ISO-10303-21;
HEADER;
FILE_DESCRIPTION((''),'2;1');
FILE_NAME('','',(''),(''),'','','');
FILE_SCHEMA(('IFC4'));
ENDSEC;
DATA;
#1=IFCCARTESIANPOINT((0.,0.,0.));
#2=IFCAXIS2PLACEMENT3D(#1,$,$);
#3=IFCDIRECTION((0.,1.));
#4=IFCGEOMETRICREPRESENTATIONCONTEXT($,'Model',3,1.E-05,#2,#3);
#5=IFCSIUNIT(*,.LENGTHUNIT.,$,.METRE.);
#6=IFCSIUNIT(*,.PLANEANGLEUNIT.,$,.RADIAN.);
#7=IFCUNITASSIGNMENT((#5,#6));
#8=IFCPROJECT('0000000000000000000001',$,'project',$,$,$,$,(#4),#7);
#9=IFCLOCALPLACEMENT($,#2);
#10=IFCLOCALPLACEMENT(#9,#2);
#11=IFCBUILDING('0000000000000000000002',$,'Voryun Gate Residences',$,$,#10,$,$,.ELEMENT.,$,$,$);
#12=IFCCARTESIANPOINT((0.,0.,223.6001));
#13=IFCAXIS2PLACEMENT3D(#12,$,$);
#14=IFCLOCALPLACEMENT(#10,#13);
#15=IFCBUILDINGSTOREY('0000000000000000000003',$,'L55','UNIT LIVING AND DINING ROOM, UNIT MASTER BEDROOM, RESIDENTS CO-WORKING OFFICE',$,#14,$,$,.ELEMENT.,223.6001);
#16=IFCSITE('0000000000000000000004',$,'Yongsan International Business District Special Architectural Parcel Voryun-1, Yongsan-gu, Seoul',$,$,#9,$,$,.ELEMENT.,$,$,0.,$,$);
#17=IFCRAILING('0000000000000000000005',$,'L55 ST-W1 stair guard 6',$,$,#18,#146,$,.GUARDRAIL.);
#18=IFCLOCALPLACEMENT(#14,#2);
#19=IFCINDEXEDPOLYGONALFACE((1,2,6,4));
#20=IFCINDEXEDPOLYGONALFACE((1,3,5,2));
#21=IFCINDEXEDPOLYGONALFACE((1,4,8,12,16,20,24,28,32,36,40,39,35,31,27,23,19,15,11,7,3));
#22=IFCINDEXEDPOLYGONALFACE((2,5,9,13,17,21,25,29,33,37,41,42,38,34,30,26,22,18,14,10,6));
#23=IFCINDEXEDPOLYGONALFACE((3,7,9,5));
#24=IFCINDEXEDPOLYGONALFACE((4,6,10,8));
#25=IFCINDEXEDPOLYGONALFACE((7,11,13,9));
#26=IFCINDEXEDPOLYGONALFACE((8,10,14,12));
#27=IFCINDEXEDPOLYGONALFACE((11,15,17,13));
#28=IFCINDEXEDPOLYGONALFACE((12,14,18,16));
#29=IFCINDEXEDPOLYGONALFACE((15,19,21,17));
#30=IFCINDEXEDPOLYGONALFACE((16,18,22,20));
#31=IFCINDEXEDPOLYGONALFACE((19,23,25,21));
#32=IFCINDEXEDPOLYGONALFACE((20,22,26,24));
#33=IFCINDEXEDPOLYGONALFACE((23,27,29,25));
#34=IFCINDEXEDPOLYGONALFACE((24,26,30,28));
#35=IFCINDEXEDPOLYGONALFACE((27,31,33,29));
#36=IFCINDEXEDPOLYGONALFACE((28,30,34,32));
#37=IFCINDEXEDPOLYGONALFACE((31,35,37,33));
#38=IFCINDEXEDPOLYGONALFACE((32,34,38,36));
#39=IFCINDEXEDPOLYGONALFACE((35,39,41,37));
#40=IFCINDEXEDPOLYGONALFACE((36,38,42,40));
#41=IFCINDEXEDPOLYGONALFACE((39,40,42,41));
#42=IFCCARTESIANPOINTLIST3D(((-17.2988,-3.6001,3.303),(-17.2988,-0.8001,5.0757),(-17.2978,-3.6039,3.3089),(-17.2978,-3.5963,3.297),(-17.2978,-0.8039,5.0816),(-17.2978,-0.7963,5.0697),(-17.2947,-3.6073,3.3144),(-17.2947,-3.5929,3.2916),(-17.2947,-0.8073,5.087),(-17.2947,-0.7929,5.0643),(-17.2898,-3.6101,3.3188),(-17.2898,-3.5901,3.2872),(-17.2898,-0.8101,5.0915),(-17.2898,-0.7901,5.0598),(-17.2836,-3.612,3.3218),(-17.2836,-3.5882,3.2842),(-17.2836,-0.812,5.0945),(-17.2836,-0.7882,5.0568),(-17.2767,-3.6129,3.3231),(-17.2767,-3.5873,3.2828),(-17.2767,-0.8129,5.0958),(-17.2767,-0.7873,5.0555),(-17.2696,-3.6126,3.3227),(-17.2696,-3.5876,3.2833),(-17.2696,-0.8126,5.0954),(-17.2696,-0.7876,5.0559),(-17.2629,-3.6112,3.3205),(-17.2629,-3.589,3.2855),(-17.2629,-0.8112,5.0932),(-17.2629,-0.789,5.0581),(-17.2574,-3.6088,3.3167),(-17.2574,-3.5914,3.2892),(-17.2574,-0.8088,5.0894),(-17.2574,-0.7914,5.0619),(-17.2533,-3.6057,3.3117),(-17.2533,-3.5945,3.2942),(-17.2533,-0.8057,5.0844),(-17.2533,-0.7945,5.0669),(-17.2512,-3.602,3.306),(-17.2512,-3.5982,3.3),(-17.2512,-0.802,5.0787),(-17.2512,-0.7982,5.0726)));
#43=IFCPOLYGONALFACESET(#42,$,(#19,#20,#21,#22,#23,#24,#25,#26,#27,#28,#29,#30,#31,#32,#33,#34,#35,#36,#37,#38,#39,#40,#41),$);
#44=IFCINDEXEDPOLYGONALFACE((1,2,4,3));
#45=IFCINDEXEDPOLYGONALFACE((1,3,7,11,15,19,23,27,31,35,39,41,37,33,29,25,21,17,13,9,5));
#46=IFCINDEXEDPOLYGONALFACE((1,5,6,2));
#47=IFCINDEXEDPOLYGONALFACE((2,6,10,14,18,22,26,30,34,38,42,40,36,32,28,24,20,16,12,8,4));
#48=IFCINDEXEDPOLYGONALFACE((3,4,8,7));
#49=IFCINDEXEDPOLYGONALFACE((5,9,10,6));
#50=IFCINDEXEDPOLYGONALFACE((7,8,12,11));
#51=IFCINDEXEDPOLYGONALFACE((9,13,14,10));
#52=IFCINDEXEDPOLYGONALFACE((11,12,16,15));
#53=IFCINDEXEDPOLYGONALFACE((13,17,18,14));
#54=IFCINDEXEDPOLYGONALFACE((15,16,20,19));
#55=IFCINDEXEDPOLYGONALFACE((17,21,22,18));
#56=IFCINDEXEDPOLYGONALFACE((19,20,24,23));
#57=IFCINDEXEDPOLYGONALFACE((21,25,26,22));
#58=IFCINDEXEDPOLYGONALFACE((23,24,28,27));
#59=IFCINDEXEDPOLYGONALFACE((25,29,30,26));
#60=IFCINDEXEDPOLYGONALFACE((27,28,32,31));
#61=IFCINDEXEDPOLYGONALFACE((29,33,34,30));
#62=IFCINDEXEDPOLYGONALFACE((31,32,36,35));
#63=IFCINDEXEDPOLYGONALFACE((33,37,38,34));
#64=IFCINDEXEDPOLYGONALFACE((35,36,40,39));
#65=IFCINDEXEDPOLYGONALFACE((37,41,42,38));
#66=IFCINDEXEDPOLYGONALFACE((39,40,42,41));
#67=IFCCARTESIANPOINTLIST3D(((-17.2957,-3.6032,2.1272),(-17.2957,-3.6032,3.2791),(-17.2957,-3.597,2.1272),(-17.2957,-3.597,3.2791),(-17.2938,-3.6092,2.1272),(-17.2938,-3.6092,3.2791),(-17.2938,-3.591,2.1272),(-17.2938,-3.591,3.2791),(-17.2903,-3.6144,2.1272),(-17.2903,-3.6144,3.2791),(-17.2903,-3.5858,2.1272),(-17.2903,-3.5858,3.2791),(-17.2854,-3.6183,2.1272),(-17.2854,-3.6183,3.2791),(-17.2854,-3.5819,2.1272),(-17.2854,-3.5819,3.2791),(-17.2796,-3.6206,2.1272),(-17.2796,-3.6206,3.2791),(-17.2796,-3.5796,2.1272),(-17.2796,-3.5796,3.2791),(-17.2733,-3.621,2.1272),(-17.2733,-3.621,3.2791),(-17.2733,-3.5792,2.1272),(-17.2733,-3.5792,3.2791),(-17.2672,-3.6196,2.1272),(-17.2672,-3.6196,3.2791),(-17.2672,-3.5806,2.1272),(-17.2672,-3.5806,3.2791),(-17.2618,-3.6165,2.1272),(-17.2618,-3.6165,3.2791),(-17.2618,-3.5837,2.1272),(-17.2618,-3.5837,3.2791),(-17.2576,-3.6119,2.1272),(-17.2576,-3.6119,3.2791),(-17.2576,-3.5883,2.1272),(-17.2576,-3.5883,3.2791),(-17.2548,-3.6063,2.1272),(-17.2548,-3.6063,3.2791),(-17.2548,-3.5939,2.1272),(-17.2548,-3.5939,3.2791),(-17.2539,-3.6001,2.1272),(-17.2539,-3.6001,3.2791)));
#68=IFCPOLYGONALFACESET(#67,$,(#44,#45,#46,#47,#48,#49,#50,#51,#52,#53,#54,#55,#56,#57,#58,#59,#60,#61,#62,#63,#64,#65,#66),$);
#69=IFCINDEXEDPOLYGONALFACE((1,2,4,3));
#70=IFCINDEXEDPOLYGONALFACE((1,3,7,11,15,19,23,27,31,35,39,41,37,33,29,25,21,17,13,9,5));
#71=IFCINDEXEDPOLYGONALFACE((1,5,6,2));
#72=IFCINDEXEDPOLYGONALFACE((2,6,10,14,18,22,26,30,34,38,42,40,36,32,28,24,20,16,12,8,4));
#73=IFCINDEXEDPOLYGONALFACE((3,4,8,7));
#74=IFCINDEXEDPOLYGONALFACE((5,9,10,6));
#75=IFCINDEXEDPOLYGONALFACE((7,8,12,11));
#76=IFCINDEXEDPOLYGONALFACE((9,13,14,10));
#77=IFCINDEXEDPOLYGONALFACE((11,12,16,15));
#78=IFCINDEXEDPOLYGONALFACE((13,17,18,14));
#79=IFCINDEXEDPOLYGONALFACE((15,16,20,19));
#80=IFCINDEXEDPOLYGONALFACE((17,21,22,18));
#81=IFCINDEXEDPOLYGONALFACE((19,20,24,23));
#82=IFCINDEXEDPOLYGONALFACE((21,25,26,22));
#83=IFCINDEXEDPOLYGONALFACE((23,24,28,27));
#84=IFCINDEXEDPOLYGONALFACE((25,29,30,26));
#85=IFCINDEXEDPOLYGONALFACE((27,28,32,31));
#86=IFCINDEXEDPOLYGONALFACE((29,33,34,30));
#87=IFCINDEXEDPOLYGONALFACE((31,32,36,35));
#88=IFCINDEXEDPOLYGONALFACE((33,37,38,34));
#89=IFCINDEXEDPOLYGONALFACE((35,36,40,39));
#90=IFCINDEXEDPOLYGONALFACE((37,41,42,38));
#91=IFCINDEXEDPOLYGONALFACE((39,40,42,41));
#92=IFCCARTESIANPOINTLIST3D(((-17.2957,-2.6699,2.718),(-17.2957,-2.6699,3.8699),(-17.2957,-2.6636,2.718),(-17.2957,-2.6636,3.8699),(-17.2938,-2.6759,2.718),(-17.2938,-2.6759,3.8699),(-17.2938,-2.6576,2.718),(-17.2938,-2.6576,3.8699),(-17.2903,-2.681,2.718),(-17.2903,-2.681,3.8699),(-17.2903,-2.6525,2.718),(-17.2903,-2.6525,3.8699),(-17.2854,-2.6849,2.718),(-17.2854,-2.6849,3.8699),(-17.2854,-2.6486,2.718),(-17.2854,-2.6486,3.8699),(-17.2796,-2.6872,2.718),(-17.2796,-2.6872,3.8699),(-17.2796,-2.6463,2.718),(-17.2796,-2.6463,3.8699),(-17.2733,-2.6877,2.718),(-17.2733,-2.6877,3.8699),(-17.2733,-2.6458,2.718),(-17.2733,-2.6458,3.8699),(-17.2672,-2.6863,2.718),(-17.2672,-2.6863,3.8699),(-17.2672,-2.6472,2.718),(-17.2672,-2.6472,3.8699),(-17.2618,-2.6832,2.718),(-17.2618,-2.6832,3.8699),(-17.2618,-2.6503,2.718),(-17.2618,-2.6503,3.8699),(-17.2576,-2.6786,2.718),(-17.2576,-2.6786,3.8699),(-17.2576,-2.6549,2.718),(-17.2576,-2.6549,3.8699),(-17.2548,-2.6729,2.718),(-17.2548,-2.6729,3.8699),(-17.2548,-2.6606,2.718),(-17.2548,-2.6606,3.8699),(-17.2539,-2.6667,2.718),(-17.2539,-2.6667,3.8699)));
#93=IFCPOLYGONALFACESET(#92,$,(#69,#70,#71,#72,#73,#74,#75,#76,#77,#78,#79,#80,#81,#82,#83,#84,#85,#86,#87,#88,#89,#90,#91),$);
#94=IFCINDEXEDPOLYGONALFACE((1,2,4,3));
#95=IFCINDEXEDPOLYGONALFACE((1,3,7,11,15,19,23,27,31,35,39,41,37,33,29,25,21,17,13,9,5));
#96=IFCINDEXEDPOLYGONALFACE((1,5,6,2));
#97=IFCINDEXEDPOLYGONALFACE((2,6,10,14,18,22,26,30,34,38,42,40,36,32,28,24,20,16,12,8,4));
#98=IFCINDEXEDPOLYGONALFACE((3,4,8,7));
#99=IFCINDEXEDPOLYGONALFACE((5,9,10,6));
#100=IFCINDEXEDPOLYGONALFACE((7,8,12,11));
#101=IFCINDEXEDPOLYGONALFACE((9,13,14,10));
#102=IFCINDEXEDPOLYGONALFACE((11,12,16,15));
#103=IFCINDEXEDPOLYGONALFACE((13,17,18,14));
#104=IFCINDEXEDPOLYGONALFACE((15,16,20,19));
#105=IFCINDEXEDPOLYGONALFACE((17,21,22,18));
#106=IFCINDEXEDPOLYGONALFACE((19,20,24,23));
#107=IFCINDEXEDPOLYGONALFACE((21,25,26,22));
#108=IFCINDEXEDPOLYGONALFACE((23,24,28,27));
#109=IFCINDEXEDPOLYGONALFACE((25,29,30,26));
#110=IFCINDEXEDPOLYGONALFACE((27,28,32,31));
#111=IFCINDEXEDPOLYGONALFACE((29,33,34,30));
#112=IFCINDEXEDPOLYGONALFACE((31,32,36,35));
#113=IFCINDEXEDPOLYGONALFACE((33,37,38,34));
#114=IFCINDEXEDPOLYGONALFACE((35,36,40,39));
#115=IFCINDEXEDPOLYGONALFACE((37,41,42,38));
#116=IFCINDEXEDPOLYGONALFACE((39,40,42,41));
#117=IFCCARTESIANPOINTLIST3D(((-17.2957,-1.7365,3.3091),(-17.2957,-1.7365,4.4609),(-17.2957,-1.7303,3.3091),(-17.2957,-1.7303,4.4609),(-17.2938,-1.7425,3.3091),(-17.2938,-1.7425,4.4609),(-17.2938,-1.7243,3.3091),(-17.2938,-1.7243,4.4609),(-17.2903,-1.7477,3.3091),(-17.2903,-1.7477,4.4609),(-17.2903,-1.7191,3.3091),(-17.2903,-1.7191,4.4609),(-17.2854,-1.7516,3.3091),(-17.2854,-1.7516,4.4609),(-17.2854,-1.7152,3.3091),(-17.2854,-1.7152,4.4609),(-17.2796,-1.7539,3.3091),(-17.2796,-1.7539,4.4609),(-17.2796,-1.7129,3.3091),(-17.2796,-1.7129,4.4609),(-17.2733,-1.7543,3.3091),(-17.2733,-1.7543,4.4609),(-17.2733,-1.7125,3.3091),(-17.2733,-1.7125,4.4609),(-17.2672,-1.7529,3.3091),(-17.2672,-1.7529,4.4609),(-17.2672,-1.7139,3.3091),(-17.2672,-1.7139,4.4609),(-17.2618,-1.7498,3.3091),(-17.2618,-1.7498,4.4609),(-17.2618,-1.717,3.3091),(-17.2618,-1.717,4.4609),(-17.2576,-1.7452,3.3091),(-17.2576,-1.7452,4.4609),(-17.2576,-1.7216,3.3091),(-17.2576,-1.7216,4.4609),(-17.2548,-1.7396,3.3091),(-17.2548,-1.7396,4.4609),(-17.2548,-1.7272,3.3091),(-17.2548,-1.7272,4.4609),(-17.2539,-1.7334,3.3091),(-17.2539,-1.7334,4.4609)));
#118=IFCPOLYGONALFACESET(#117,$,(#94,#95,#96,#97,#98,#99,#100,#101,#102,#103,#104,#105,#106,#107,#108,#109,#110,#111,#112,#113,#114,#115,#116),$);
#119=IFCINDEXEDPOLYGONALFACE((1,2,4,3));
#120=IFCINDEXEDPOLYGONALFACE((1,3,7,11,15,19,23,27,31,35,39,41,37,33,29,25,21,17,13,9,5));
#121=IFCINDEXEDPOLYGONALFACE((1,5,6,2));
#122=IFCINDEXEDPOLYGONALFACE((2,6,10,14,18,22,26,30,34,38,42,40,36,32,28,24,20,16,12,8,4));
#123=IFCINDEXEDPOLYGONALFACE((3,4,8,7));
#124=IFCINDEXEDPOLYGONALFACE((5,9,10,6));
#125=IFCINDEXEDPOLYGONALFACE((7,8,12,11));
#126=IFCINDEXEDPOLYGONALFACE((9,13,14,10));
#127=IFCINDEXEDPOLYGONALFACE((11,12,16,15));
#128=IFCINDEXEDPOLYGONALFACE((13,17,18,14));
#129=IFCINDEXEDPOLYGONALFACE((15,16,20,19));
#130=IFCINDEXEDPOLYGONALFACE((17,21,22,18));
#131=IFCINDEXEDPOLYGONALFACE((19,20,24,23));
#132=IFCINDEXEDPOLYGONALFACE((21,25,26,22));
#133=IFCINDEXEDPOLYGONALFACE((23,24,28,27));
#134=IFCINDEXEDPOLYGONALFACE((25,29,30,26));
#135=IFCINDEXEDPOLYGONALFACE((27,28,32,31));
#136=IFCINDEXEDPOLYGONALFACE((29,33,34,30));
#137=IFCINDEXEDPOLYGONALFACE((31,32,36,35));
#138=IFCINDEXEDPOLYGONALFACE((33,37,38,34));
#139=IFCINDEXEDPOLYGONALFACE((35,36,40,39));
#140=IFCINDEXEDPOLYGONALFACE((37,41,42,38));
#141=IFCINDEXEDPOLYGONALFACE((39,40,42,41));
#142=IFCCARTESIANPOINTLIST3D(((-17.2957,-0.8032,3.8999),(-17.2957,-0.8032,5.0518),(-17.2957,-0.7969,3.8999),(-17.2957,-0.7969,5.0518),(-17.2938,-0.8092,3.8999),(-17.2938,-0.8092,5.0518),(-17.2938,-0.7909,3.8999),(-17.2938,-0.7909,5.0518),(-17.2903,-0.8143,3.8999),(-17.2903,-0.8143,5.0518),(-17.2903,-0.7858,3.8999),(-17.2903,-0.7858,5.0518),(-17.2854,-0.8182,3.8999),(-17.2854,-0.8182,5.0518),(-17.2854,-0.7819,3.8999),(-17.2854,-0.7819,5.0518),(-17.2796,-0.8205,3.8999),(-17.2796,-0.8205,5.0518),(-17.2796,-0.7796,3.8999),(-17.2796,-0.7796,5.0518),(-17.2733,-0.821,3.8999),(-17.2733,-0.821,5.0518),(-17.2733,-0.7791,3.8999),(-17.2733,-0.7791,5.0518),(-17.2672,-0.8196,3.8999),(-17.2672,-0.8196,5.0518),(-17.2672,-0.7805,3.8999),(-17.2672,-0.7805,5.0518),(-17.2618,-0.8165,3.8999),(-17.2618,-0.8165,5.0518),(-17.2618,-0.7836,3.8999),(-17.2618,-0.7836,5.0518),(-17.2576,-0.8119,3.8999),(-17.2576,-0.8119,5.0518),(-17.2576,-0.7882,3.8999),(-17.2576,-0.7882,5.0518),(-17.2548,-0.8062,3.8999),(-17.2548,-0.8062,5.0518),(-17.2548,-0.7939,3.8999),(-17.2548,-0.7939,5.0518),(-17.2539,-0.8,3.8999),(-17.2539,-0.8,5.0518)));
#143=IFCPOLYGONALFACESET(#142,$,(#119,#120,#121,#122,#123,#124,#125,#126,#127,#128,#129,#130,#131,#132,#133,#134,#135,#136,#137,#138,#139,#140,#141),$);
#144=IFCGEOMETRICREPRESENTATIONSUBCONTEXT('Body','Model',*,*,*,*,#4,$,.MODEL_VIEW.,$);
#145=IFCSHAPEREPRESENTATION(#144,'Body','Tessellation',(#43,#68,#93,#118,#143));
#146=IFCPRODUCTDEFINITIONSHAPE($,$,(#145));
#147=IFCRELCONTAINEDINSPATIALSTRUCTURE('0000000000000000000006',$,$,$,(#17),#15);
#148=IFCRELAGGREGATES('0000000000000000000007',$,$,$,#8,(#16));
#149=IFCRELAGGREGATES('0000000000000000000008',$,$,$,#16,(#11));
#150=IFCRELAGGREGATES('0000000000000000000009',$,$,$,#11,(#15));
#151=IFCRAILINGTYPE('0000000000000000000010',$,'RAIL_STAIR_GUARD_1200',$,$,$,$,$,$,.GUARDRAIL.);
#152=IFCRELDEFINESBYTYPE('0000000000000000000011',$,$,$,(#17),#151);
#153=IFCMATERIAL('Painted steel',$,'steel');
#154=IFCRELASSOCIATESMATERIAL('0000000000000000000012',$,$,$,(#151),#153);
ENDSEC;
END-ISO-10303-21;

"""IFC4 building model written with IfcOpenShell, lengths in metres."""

from ifc_helpers import new_model, si_unit, direction, frame, origin, origin_2d, place, context, subcontext, project, spatial, circle, extrude, material, type_object, element, save


model = new_model("IFC4")

# Units and contexts
model_context = context("Model", 3, precision=1e-05, world=origin(), true_north=direction((0.0, 1.0)))
body_context = subcontext(model_context, "Body", "Model", "MODEL_VIEW")
ifc_project = project(units=[si_unit("LENGTHUNIT", "METRE"), si_unit("PLANEANGLEUNIT", "RADIAN")], contexts=[model_context])

# Site, building, storey
site_placement = place(None, origin())
site = spatial("IfcSite", under=ifc_project, at=site_placement, Name="Yongsan International Business District Special Architectural Parcel Voryun-1, Yongsan-gu, Seoul", CompositionType="ELEMENT", RefElevation=0.0)
building_placement = place(site_placement, origin())
building = spatial("IfcBuilding", under=site, at=building_placement, Name="Voryun Gate Residences", CompositionType="ELEMENT")
storey_placement = place(building_placement, frame((0.0, 0.0, 223.6001)))
storey = spatial("IfcBuildingStorey", under=building, at=storey_placement, Name="L55", Description="UNIT LIVING AND DINING ROOM, UNIT MASTER BEDROOM, RESIDENTS CO-WORKING OFFICE", CompositionType="ELEMENT", Elevation=223.6001)

# Railing
ifc_material_1 = material(Name="Painted steel", Category="steel")
railing_type_1 = type_object("IfcRailingType", Name="RAIL_STAIR_GUARD_1200", PredefinedType="GUARDRAIL", material=ifc_material_1)
railing_1_placement = place(storey_placement, frame((-17.2749, -3.6001, 2.1272)))
element("IfcRailing", 1, at=railing_1_placement, inside=storey, type_object=railing_type_1, Name="L55 ST-W1 stair guard 6", PredefinedType="GUARDRAIL", context=body_context, shape_type="SweptSolid", body=[
    extrude(circle(Radius=0.0239, at=origin_2d()), frame((0.0, 0.0, 1.1758), z_axis=(0.0, 0.844909, 0.53491), x_axis=(-1.0, 0.0, 0.0)), (0.0, 0.0, 1.0), 3.314),
    extrude(circle(Radius=0.021, at=origin_2d()), origin(), (0.0, 0.0, 1.0), 1.1519),
    extrude(circle(Radius=0.021, at=origin_2d()), frame((0.0, 0.9333, 0.5908)), (0.0, 0.0, 1.0), 1.1519),
    extrude(circle(Radius=0.021, at=origin_2d()), frame((0.0, 1.8667, 1.1819)), (0.0, 0.0, 1.0), 1.1519),
    extrude(circle(Radius=0.021, at=origin_2d()), frame((0.0, 2.8, 1.7727)), (0.0, 0.0, 1.0), 1.1519),
])

save(model, "model.ifc")
